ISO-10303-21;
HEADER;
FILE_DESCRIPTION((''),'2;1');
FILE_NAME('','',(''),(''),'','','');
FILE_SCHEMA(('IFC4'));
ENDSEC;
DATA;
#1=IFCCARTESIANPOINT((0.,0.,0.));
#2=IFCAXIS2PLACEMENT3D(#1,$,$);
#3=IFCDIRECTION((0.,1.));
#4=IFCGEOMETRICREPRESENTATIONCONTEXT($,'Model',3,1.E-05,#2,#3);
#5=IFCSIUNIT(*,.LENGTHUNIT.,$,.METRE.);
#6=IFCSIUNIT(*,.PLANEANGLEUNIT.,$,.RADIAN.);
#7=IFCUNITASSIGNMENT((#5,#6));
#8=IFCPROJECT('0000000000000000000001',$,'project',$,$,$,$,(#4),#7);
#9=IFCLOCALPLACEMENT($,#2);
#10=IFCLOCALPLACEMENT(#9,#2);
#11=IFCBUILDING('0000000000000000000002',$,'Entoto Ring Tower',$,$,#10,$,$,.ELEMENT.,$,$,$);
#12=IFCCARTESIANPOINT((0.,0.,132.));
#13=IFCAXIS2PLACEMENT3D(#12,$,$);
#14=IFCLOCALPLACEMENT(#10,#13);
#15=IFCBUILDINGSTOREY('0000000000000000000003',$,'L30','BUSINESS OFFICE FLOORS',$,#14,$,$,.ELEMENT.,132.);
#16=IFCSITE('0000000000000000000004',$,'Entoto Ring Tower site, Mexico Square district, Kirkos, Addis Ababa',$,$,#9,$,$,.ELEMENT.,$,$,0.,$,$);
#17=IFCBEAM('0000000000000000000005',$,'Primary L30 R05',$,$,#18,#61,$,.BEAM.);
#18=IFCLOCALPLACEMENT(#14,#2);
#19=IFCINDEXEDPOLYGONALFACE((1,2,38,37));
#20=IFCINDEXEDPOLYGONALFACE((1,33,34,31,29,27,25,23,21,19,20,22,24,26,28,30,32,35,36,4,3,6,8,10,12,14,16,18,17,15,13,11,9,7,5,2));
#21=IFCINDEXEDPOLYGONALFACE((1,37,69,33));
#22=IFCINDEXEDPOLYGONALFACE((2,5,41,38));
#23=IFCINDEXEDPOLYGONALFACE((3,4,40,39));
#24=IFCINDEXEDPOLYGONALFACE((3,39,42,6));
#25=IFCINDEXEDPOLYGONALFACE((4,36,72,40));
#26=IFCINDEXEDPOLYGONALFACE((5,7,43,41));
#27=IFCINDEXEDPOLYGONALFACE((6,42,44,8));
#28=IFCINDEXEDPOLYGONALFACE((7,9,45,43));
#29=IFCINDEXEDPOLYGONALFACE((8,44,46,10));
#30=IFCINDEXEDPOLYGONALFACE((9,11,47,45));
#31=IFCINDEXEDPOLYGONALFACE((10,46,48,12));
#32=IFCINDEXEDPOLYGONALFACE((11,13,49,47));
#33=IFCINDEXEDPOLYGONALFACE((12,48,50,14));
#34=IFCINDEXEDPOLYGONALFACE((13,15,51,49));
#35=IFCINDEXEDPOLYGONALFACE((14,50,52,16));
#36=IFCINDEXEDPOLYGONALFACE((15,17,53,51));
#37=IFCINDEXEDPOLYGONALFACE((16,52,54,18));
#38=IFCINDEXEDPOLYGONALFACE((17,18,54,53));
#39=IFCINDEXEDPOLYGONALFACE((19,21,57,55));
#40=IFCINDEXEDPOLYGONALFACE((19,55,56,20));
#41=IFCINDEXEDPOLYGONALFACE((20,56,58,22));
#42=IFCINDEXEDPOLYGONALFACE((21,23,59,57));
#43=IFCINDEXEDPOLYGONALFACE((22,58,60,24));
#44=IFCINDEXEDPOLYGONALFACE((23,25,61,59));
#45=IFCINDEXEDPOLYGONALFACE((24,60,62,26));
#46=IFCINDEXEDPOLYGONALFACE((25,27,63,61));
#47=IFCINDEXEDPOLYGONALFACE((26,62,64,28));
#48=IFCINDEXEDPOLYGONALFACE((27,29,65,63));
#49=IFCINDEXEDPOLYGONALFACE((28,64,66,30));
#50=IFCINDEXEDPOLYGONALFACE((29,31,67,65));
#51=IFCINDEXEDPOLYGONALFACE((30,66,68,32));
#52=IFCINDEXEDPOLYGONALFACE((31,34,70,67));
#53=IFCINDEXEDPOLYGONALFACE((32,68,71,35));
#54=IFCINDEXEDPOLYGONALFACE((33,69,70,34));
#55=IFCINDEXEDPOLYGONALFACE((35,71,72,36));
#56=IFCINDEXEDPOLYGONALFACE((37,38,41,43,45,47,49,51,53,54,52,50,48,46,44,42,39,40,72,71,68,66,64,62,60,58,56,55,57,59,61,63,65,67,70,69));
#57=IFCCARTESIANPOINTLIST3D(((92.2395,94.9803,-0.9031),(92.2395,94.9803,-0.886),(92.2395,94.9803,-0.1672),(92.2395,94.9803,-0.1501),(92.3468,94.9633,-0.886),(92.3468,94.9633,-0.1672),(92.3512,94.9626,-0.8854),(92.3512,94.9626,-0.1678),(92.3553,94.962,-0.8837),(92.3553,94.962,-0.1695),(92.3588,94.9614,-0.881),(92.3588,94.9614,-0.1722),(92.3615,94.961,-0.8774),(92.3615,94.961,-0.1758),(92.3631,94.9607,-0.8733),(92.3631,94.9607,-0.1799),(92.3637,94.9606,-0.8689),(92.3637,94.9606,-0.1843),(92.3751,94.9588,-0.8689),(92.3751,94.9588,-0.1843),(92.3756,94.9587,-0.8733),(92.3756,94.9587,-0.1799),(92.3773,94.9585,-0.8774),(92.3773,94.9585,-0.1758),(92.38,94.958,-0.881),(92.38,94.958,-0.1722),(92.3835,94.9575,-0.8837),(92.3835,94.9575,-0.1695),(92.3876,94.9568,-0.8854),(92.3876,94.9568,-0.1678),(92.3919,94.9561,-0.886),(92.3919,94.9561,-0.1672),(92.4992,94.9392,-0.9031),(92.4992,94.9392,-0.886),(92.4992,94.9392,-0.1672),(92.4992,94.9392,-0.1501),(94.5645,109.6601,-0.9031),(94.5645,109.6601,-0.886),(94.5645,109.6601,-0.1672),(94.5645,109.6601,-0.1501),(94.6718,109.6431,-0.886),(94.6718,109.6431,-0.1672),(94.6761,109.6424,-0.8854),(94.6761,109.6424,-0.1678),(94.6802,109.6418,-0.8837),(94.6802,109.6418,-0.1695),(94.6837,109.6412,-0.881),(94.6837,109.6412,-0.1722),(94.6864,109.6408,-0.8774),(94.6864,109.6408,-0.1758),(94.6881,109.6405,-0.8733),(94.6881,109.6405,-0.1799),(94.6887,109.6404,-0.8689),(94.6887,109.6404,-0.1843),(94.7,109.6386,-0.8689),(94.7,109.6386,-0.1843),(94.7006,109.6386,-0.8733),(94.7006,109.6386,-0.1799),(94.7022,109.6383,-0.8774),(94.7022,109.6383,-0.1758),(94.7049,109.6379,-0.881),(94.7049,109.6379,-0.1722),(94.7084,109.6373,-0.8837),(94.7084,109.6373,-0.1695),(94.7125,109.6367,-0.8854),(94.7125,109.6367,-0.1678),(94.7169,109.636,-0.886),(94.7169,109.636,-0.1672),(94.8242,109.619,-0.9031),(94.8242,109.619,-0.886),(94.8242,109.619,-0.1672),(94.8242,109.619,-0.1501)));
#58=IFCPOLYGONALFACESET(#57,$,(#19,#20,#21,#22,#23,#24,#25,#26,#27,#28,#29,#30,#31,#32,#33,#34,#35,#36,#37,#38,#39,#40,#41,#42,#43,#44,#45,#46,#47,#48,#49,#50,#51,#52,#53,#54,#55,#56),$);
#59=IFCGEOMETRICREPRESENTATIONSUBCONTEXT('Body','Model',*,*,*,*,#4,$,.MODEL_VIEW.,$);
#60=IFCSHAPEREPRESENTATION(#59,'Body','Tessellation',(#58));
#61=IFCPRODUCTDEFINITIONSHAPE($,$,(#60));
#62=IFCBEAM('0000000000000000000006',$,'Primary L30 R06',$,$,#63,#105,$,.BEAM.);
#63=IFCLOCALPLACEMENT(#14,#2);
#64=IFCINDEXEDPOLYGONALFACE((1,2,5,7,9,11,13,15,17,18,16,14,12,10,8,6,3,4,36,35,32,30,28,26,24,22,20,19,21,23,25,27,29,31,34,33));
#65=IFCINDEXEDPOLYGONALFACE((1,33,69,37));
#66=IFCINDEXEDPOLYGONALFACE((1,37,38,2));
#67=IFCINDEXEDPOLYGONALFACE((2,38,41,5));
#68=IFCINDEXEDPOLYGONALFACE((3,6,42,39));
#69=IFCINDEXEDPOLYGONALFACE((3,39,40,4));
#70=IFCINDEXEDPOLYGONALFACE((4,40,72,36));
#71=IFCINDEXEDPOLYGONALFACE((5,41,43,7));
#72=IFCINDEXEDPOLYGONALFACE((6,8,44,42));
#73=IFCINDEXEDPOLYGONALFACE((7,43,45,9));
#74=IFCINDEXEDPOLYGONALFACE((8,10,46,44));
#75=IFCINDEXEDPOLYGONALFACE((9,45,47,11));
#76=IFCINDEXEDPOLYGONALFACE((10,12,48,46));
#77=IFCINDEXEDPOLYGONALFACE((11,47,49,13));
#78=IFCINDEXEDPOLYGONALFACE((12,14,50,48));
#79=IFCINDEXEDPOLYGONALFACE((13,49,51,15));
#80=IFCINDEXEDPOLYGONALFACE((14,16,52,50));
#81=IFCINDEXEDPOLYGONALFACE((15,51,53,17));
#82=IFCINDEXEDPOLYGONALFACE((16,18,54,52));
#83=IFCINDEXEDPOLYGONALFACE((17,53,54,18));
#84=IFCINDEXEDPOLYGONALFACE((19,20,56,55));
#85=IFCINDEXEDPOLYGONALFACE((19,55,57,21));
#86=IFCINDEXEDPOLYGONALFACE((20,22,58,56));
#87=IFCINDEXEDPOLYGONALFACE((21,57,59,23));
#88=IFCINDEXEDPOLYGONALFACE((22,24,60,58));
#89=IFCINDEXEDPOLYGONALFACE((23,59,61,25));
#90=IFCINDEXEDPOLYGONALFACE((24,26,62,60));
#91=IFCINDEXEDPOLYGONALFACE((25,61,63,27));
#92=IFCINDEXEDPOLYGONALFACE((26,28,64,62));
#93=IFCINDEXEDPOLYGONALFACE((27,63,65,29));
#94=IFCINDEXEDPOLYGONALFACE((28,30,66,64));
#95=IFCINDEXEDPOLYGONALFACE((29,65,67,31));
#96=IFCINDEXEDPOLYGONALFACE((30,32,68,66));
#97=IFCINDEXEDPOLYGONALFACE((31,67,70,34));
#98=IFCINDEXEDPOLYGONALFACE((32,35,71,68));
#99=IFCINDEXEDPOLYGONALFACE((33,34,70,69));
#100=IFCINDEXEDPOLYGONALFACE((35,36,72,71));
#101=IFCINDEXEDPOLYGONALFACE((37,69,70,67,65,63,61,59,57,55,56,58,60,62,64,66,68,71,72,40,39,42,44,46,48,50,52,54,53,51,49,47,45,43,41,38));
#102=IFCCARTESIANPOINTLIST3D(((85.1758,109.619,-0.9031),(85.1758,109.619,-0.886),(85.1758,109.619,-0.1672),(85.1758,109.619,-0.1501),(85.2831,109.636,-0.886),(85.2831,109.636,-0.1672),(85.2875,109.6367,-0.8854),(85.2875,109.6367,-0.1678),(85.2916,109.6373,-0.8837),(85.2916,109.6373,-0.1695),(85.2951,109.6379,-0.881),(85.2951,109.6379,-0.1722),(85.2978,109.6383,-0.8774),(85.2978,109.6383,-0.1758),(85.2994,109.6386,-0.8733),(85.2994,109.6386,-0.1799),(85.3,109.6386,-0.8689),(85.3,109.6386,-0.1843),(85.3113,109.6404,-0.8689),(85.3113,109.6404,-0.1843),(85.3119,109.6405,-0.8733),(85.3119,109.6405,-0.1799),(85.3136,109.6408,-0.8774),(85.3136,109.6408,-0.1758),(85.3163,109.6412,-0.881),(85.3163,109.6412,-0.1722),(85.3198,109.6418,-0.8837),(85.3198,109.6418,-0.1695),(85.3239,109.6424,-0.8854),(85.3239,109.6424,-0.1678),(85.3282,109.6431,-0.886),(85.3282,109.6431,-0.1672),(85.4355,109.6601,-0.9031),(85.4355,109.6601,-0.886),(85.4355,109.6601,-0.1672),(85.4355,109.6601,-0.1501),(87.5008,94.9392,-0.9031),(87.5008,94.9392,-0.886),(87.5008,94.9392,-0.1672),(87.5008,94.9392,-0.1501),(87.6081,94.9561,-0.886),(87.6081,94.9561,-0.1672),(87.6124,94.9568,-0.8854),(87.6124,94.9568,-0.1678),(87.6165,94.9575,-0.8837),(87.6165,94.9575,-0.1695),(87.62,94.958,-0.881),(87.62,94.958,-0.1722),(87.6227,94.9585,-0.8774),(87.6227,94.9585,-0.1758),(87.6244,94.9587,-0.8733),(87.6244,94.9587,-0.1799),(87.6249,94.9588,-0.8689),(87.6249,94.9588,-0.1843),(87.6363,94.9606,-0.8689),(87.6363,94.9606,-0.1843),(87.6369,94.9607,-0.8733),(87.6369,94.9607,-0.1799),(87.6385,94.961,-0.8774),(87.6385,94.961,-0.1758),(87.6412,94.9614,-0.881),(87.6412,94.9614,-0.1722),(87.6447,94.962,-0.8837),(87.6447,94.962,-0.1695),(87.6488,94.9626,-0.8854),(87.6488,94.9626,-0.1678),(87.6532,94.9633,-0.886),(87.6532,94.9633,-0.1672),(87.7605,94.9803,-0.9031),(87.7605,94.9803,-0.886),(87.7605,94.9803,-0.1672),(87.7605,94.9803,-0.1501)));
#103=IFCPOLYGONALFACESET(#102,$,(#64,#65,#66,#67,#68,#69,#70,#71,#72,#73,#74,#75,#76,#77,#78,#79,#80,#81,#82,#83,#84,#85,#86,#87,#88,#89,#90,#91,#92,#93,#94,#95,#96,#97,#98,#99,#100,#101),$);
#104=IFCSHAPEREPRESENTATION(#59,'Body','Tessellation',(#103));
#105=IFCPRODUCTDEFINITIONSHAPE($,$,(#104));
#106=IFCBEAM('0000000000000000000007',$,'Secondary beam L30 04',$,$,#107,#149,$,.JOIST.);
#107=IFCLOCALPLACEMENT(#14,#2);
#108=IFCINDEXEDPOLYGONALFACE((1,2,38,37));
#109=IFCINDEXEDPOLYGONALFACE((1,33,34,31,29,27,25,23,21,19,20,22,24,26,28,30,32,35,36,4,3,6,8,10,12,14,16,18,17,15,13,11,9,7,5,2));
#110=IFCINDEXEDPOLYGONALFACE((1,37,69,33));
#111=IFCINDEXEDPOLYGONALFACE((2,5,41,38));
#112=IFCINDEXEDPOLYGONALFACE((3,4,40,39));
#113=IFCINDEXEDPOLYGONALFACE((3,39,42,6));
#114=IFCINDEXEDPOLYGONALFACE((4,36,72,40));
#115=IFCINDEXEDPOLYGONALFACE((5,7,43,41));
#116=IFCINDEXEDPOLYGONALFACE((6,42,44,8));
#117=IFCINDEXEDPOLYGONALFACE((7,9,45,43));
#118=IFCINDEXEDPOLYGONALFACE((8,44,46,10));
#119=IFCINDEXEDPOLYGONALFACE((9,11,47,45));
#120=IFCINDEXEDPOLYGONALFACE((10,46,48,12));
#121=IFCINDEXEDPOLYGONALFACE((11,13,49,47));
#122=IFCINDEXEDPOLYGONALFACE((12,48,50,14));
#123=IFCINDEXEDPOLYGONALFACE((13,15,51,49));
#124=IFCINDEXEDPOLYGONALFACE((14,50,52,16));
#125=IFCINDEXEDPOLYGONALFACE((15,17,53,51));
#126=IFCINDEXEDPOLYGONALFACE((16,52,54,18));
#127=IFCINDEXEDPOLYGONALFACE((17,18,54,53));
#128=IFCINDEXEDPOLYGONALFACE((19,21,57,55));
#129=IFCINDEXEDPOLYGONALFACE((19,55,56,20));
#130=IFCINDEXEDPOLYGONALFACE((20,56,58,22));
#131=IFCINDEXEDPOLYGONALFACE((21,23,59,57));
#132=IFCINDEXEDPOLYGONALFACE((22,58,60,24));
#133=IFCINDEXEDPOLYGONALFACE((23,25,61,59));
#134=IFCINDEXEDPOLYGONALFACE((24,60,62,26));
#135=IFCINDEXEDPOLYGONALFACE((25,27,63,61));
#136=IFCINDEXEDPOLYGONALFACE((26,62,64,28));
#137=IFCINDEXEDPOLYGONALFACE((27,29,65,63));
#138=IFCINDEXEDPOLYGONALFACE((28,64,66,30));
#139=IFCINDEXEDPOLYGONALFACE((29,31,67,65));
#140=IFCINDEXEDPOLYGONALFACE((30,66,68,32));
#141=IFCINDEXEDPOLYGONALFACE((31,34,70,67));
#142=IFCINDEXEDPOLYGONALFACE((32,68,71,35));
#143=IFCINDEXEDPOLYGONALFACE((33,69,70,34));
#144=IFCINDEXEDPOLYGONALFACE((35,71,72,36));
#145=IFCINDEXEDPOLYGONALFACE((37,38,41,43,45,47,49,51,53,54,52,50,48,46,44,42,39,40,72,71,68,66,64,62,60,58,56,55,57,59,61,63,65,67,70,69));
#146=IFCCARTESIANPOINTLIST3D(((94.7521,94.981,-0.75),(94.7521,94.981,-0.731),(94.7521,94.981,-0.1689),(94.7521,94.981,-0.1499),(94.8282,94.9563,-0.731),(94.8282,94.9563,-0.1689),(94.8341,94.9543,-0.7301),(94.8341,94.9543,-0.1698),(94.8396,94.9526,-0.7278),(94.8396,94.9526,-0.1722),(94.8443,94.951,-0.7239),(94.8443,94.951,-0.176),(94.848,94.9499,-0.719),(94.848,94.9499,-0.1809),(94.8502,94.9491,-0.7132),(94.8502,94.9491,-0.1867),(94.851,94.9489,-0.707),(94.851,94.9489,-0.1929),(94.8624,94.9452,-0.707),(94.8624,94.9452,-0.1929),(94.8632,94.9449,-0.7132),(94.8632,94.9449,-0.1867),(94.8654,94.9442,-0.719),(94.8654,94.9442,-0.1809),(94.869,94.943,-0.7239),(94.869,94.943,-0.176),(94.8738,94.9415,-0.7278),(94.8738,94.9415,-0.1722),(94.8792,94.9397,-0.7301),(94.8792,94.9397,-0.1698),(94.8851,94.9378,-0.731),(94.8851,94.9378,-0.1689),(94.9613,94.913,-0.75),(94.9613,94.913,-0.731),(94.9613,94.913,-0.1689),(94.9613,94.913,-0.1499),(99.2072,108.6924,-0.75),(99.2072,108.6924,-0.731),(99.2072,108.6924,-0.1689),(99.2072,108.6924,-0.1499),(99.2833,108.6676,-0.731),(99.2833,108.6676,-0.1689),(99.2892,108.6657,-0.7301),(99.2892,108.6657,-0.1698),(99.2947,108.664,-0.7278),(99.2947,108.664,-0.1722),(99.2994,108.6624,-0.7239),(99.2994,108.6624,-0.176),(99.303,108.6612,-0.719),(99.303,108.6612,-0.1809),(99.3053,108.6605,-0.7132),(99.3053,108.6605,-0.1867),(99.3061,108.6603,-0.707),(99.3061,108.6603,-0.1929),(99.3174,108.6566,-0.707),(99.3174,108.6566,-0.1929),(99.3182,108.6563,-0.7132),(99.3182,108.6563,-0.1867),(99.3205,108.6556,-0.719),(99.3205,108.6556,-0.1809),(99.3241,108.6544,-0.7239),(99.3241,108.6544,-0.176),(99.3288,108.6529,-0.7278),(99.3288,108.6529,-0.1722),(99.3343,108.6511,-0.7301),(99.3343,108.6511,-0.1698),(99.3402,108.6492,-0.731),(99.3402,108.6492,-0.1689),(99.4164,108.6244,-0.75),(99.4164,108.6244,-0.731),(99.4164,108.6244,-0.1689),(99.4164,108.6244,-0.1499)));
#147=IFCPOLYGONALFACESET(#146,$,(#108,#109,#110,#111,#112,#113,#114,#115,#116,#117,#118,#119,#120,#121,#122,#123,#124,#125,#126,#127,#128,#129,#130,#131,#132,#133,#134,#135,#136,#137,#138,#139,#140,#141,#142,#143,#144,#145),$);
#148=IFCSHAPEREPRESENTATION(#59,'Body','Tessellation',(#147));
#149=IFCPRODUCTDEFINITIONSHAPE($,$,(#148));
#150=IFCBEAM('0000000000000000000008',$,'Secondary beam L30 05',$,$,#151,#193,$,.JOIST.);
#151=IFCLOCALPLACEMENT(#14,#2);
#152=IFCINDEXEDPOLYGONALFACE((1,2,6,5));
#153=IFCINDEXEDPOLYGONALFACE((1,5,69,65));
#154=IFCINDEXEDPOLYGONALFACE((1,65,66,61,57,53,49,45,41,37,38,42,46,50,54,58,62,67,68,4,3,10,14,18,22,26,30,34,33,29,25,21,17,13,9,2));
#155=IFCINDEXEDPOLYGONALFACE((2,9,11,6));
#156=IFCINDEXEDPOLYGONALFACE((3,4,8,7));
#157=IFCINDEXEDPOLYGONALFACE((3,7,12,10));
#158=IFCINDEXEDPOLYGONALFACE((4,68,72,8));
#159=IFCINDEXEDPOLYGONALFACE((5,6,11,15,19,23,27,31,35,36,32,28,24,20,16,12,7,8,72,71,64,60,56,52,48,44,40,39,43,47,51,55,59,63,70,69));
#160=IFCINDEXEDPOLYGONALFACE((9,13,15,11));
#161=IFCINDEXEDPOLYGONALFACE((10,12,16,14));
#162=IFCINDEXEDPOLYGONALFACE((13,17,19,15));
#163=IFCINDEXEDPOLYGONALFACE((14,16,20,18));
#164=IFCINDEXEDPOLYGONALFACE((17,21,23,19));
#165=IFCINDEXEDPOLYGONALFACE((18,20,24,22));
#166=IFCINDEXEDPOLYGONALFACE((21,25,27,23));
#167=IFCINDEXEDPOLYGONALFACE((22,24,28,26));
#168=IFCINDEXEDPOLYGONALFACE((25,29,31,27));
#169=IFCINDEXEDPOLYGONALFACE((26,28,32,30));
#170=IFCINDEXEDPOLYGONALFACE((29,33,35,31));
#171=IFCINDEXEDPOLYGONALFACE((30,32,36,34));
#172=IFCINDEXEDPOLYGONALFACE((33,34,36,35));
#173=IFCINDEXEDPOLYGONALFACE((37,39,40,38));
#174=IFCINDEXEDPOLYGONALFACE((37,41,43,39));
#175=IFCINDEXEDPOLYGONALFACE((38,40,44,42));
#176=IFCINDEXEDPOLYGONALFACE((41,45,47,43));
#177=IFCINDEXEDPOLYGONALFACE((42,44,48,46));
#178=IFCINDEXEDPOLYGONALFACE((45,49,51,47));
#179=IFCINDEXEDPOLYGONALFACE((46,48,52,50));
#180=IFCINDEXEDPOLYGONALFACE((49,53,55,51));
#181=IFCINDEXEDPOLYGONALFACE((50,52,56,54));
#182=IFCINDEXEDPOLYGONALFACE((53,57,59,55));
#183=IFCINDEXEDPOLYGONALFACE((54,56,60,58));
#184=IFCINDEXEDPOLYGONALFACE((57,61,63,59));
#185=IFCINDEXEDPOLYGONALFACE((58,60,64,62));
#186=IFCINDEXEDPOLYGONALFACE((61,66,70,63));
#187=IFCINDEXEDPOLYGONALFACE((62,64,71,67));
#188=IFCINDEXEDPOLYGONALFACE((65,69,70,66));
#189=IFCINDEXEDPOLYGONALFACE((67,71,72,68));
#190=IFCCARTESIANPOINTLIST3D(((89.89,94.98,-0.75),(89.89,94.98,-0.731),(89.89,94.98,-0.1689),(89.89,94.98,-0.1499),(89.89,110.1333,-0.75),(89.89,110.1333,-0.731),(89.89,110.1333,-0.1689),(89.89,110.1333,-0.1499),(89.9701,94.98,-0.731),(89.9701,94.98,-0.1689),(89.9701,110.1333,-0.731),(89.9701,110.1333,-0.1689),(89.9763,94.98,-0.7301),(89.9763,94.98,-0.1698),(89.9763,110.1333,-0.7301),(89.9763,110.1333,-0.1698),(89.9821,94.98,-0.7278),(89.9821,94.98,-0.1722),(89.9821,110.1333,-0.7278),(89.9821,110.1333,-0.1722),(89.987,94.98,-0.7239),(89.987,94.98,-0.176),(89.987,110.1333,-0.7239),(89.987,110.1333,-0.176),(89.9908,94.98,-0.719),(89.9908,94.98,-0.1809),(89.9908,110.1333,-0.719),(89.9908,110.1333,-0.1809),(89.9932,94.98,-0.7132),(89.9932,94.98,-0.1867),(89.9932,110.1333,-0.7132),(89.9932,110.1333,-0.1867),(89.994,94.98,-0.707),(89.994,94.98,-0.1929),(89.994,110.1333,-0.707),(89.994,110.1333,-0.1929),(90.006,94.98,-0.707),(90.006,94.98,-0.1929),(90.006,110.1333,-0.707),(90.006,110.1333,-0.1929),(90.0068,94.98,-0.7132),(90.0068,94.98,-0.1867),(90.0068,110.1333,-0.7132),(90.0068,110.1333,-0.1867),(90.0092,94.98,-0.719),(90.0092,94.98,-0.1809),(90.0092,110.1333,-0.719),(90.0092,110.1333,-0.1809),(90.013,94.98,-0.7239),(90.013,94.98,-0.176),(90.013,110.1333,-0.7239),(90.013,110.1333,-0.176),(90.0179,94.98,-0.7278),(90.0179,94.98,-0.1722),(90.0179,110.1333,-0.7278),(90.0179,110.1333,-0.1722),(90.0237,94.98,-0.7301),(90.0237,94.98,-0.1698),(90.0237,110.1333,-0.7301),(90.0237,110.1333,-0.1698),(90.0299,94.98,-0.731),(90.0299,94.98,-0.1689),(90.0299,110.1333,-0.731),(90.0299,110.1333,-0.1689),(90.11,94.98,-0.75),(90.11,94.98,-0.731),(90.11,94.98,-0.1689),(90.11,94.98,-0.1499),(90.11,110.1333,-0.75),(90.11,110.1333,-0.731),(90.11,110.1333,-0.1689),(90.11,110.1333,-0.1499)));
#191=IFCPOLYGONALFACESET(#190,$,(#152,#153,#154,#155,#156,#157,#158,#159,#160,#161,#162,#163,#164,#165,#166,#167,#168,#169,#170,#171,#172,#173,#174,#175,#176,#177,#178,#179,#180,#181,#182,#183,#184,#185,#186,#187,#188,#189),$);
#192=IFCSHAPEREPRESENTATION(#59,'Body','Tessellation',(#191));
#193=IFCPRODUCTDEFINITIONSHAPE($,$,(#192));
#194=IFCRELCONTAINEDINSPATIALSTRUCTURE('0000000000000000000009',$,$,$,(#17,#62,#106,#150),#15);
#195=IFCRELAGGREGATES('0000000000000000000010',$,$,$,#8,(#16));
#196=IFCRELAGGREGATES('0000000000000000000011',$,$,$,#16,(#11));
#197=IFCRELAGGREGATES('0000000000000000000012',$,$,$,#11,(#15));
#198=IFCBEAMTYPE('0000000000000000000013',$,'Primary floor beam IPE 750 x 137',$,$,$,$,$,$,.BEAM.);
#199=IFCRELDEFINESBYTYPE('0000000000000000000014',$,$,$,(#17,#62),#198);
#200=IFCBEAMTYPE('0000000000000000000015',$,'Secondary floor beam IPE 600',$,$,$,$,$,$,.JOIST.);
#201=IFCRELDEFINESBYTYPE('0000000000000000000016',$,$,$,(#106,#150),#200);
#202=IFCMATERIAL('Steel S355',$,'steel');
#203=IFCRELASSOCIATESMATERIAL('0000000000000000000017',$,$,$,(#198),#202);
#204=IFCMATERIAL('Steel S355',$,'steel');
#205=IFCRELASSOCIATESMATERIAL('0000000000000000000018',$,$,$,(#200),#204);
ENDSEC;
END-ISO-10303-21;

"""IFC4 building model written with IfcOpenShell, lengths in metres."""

from ifc_helpers import new_model, si_unit, direction, frame, origin, origin_2d, place, context, subcontext, project, spatial, i_section, extrude, material, material_profile, profile_set, type_object, element, save


model = new_model("IFC4")

# Units and contexts
model_context = context("Model", 3, precision=1e-05, world=origin(), true_north=direction((0.0, 1.0)))
body_context = subcontext(model_context, "Body", "Model", "MODEL_VIEW")
ifc_project = project(units=[si_unit("LENGTHUNIT", "METRE"), si_unit("PLANEANGLEUNIT", "RADIAN")], contexts=[model_context])

# Site, building, storey
site_placement = place(None, origin())
site = spatial("IfcSite", under=ifc_project, at=site_placement, Name="Entoto Ring Tower site, Mexico Square district, Kirkos, Addis Ababa", CompositionType="ELEMENT", RefElevation=0.0)
building_placement = place(site_placement, origin())
building = spatial("IfcBuilding", under=site, at=building_placement, Name="Entoto Ring Tower", CompositionType="ELEMENT")
storey_placement = place(building_placement, frame((0.0, 0.0, 132.0)))
storey = spatial("IfcBuildingStorey", under=building, at=storey_placement, Name="L30", Description="BUSINESS OFFICE FLOORS", CompositionType="ELEMENT", Elevation=132.0)

# Beams
ifc_material_1 = material(Name="Steel S355", Category="steel")
ifc_material_profile_1 = material_profile(ifc_material_1, i_section(OverallWidth=0.2629, OverallDepth=0.7529, WebThickness=0.0115, FlangeThickness=0.0171, FilletRadius=0.0171, at=origin_2d()), Name="IPE 750 x 137")
ifc_profile_set_1 = profile_set([ifc_material_profile_1], Name="Steel S355")
beam_type_1 = type_object("IfcBeamType", Name="Primary floor beam IPE 750 x 137", PredefinedType="BEAM", material=ifc_profile_set_1)
for number, where, z_axis, x_axis, name in (
    (1, (92.3694, 94.9597, -0.5266), (0.156426, 0.98769, 0.0), (-0.98769, 0.156426, 0.0), "Primary L30 R05"),
    (2, (87.6306, 94.9597, -0.5266), (-0.156426, 0.98769, 0.0), (-0.98769, -0.156426, 0.0), "Primary L30 R06"),
):
    element("IfcBeam", number, at=place(storey_placement, frame(where, z_axis=z_axis, x_axis=x_axis)), inside=storey, type_object=beam_type_1, Name=name, PredefinedType="BEAM", context=body_context, shape_type="SweptSolid", body=[
        extrude(i_section(OverallWidth=0.2629, OverallDepth=0.7529, WebThickness=0.0115, FlangeThickness=0.0171, FilletRadius=0.0171, at=origin_2d()), origin(), (0.0, 0.0, 1.0), 14.8628),
    ])
ifc_material_2 = material(Name="Steel S355", Category="steel")
ifc_material_profile_2 = material_profile(ifc_material_2, i_section(OverallWidth=0.22, OverallDepth=0.6001, WebThickness=0.012, FlangeThickness=0.019, FilletRadius=0.0239, at=origin_2d()), Name="IPE 600")
ifc_profile_set_2 = profile_set([ifc_material_profile_2], Name="Steel S355")
beam_type_2 = type_object("IfcBeamType", Name="Secondary floor beam IPE 600", PredefinedType="JOIST", material=ifc_profile_set_2)
beam_1_placement = place(storey_placement, frame((94.8567, 94.947, -0.45), z_axis=(0.309015, 0.951057, 0.0), x_axis=(-0.951057, 0.309015, 0.0)))
element("IfcBeam", 3, at=beam_1_placement, inside=storey, type_object=beam_type_2, Name="Secondary beam L30 04", PredefinedType="JOIST", context=body_context, shape_type="SweptSolid", body=[
    extrude(i_section(OverallWidth=0.22, OverallDepth=0.6001, WebThickness=0.012, FlangeThickness=0.019, FilletRadius=0.0239, at=origin_2d()), origin(), (0.0, 0.0, 1.0), 14.417),
])
beam_2_placement = place(storey_placement, frame((90.0, 94.98, -0.45), z_axis=(0.0, 1.0, 0.0), x_axis=(-1.0, 0.0, 0.0)))
element("IfcBeam", 4, at=beam_2_placement, inside=storey, type_object=beam_type_2, Name="Secondary beam L30 05", PredefinedType="JOIST", context=body_context, shape_type="SweptSolid", body=[
    extrude(i_section(OverallWidth=0.22, OverallDepth=0.6001, WebThickness=0.012, FlangeThickness=0.019, FilletRadius=0.0239, at=origin_2d()), origin(), (0.0, 0.0, 1.0), 15.1533),
])

save(model, "model.ifc")
